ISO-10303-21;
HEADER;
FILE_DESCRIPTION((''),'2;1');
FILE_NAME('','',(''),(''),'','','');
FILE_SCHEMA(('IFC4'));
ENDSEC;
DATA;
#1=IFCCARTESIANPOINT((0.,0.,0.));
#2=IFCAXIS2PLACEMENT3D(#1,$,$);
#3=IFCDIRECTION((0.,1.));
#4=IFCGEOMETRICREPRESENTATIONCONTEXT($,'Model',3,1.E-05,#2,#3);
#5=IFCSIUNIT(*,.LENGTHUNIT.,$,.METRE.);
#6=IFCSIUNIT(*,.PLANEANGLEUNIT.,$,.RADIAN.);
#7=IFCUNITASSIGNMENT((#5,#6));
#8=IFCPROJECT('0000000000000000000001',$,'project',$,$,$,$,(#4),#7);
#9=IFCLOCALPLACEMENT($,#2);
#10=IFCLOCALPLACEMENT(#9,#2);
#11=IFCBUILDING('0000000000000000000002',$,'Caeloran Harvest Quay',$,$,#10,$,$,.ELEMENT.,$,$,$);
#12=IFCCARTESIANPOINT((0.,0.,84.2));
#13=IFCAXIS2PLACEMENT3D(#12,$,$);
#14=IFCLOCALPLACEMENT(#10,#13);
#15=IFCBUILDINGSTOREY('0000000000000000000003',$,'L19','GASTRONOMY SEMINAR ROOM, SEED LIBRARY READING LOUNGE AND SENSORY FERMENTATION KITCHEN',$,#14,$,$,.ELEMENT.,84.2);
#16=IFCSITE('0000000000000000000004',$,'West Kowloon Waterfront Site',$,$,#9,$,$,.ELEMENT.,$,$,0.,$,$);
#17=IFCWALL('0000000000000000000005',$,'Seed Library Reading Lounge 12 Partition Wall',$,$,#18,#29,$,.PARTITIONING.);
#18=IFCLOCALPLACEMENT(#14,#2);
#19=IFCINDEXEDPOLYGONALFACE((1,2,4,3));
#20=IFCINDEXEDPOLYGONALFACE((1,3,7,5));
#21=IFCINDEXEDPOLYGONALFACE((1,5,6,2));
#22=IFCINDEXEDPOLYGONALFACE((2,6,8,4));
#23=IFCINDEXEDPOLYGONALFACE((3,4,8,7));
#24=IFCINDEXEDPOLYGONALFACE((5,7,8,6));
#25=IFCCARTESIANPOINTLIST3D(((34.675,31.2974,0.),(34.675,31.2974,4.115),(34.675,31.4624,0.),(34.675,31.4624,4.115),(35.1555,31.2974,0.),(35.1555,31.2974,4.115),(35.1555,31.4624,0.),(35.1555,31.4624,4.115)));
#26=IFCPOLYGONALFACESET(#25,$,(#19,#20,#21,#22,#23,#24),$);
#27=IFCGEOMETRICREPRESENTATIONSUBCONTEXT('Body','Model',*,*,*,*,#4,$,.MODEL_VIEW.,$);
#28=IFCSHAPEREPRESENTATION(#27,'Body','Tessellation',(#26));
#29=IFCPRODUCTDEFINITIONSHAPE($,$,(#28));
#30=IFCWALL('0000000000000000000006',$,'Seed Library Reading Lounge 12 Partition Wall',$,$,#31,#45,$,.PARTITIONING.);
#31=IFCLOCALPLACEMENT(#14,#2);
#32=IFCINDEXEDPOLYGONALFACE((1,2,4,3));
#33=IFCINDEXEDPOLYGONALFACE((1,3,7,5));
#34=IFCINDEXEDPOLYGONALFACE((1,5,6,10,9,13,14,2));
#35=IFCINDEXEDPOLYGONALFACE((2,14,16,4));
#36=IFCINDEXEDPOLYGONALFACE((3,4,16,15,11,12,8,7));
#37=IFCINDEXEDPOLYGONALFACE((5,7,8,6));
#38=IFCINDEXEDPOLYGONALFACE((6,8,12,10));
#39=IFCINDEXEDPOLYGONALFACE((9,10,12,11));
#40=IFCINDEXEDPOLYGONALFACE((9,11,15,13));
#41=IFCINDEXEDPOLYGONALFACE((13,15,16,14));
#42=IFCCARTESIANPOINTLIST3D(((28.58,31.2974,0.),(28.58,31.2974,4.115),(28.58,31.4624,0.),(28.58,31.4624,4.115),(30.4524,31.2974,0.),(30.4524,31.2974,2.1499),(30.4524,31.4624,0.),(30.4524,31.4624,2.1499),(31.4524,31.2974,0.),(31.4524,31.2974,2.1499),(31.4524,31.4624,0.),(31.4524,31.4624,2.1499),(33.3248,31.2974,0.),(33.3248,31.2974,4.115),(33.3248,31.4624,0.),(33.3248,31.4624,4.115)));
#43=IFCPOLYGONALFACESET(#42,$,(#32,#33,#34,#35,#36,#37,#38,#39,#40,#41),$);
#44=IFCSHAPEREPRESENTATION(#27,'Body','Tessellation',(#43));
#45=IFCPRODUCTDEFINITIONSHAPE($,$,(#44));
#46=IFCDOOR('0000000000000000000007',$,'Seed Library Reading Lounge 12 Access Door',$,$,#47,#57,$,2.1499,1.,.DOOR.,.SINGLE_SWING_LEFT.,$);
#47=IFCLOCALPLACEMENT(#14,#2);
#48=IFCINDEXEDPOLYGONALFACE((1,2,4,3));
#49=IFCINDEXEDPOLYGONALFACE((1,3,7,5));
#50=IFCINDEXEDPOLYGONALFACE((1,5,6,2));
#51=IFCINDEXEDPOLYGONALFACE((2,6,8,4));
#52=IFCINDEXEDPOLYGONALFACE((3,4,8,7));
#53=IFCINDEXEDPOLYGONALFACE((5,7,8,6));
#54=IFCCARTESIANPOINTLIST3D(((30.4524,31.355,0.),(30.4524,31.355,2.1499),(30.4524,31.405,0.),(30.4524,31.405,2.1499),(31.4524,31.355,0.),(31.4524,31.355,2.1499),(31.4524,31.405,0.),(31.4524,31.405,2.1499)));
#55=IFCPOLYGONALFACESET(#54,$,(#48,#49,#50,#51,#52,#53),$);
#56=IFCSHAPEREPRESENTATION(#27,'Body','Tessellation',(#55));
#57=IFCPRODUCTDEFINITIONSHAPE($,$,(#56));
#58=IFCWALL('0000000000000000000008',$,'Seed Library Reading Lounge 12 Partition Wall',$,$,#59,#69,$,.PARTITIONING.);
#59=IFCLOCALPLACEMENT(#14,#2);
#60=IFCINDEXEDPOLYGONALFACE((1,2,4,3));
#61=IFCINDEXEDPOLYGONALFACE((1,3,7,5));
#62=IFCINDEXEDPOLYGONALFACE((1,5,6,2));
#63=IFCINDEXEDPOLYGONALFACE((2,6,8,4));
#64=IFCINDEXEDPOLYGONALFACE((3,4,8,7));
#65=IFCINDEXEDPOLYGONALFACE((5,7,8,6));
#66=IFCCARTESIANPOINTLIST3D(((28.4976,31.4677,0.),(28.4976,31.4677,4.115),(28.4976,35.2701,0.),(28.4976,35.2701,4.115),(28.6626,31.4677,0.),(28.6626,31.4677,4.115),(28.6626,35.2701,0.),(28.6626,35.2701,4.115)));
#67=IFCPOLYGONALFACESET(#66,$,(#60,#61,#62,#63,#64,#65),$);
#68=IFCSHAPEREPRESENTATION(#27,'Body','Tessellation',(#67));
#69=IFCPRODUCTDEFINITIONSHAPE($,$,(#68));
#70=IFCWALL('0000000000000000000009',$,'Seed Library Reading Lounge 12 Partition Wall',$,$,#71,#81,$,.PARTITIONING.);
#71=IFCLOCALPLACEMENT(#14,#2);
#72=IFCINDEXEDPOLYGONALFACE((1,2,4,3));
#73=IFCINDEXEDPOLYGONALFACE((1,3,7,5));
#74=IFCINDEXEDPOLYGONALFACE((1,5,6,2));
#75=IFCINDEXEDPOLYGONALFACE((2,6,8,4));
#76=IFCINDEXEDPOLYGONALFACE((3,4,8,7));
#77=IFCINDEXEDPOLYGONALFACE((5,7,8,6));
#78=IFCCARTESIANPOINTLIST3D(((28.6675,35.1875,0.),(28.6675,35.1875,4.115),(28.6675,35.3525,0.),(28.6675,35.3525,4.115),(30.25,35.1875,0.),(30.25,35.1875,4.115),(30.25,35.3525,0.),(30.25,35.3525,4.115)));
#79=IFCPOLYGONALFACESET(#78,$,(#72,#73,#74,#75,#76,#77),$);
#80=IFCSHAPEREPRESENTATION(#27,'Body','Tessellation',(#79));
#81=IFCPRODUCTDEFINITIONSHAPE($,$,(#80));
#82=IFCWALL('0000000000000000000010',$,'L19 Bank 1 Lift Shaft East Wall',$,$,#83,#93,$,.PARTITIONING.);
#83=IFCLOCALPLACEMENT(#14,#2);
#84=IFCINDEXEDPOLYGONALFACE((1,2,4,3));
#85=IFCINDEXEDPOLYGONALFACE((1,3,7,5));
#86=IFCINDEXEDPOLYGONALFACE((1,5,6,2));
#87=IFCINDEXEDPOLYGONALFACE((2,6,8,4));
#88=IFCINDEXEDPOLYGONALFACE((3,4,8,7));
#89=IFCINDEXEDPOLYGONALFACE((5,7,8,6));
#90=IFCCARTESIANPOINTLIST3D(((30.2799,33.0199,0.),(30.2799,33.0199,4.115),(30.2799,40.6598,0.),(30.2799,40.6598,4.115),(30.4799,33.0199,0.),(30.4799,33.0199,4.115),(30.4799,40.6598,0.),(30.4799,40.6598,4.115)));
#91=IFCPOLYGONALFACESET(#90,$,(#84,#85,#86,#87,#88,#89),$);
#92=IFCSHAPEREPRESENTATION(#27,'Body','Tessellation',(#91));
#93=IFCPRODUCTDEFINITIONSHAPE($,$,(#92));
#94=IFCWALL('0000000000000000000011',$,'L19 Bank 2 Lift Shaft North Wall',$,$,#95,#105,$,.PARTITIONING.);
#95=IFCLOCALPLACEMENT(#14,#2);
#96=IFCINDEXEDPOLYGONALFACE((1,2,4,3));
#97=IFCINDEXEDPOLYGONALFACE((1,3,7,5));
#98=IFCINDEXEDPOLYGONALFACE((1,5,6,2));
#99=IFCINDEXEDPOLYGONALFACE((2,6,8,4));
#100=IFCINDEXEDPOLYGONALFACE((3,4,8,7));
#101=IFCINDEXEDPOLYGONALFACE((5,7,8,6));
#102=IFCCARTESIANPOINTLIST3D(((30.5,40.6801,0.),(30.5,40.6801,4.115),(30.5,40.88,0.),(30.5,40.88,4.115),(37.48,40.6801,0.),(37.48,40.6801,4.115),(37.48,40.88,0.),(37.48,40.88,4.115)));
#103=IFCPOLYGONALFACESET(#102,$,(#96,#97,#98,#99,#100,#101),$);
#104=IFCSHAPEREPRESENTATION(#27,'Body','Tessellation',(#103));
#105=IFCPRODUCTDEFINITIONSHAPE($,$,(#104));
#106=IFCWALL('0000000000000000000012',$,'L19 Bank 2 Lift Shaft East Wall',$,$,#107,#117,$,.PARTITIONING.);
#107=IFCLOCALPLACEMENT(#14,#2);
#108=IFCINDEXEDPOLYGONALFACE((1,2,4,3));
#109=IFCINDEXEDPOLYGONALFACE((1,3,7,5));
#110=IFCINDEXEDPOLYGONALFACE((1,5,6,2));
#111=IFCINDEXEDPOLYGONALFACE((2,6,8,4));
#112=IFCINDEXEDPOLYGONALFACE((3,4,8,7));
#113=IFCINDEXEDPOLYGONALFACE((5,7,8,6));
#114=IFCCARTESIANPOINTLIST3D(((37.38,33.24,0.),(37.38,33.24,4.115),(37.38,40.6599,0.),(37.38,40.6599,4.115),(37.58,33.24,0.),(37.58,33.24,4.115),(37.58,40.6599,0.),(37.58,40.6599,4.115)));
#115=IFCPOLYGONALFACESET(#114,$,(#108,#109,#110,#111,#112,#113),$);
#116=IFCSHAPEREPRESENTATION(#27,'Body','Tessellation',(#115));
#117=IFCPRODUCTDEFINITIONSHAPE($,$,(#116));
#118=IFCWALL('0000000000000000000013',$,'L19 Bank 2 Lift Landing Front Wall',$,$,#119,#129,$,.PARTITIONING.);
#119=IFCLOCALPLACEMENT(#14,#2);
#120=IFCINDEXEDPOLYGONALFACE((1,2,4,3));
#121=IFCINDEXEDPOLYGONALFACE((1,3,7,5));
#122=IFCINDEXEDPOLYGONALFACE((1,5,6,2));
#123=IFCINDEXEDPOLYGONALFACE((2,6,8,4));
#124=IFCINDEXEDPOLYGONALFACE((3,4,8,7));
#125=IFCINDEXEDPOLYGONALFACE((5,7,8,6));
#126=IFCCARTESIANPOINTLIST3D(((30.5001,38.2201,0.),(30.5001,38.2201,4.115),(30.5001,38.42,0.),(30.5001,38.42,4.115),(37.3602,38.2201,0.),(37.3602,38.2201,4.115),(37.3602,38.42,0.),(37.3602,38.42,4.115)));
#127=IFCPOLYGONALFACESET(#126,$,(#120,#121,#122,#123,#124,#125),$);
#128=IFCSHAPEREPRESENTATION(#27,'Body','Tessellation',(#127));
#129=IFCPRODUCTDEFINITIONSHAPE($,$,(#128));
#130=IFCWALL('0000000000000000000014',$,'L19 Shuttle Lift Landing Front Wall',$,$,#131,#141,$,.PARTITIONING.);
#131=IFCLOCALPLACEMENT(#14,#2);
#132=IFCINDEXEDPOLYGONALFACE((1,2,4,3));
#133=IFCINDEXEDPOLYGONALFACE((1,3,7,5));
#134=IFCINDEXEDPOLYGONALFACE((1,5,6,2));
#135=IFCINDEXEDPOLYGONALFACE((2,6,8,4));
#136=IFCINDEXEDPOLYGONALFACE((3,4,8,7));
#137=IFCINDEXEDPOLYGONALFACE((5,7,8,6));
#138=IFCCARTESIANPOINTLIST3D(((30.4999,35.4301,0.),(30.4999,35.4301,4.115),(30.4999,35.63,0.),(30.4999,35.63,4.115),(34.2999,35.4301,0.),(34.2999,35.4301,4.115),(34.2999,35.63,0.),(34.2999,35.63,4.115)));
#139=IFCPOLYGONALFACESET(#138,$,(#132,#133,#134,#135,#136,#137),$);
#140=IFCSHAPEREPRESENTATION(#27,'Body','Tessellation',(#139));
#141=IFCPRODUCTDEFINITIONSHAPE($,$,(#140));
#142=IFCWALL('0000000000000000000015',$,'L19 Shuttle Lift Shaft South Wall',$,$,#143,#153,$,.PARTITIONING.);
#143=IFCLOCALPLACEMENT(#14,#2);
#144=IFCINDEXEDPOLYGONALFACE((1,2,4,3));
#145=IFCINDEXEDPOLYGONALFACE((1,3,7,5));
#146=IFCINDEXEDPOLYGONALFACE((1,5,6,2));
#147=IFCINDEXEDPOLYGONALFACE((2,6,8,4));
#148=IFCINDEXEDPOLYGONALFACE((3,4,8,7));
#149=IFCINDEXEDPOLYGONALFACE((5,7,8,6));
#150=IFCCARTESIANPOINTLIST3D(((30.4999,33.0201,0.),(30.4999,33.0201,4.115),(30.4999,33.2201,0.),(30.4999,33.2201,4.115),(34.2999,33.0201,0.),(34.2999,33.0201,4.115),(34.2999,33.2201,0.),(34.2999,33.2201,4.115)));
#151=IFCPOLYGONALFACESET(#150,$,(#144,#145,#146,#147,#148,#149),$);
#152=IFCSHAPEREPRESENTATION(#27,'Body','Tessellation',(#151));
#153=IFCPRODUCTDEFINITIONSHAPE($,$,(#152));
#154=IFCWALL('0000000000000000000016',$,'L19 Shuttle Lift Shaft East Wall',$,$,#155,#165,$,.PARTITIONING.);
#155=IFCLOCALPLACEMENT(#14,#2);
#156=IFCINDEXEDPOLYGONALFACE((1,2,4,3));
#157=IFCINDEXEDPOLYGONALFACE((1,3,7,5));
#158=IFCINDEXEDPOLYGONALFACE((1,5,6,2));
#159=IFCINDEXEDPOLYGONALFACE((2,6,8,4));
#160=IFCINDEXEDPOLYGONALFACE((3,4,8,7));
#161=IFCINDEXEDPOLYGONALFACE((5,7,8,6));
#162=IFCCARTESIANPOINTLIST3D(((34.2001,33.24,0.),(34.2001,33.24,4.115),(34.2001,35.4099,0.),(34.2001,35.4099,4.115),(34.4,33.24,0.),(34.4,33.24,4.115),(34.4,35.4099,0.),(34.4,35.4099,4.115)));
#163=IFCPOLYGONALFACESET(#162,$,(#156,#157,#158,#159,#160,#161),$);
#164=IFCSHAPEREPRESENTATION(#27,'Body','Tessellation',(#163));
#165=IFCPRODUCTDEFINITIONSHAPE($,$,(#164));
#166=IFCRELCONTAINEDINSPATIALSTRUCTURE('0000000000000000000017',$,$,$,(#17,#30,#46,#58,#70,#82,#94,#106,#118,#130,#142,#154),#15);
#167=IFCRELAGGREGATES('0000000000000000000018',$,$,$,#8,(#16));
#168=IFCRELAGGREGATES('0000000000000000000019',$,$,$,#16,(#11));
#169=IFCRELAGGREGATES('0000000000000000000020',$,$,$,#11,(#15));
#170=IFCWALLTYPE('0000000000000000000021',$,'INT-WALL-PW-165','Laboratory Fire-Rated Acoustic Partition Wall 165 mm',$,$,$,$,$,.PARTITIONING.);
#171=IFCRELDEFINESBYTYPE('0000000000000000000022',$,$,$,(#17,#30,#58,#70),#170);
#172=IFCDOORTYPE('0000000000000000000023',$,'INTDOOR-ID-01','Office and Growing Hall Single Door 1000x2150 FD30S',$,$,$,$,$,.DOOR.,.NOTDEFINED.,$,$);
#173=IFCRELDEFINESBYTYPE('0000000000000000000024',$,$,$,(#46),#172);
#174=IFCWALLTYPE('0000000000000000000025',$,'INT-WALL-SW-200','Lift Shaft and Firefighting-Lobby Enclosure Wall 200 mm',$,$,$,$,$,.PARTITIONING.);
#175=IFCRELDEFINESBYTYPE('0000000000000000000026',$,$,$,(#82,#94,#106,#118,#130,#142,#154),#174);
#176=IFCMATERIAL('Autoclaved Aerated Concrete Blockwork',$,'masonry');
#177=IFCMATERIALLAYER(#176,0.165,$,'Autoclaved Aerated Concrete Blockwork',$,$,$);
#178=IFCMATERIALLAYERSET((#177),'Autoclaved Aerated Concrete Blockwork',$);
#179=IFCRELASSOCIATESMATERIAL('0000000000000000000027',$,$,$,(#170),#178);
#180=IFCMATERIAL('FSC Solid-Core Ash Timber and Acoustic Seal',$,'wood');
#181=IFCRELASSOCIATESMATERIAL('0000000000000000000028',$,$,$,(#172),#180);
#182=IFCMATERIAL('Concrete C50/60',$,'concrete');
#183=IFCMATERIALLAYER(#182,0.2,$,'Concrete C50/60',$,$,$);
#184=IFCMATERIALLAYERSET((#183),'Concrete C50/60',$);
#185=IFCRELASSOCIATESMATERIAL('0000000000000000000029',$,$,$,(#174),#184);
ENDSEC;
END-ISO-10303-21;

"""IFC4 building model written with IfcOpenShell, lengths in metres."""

from ifc_helpers import new_model, si_unit, direction, frame, frame_2d, origin, place, context, subcontext, project, spatial, rectangle, extrude, material, layer, layer_set, type_object, element, fill, save


model = new_model("IFC4")

# Units and contexts
model_context = context("Model", 3, precision=1e-05, world=origin(), true_north=direction((0.0, 1.0)))
body_context = subcontext(model_context, "Body", "Model", "MODEL_VIEW")
ifc_project = project(units=[si_unit("LENGTHUNIT", "METRE"), si_unit("PLANEANGLEUNIT", "RADIAN")], contexts=[model_context])

# Site, building, storey
site_placement = place(None, origin())
site = spatial("IfcSite", under=ifc_project, at=site_placement, Name="West Kowloon Waterfront Site", CompositionType="ELEMENT", RefElevation=0.0)
building_placement = place(site_placement, origin())
building = spatial("IfcBuilding", under=site, at=building_placement, Name="Caeloran Harvest Quay", CompositionType="ELEMENT")
storey_placement = place(building_placement, frame((0.0, 0.0, 84.2)))
storey = spatial("IfcBuildingStorey", under=building, at=storey_placement, Name="L19", Description="GASTRONOMY SEMINAR ROOM, SEED LIBRARY READING LOUNGE AND SENSORY FERMENTATION KITCHEN", CompositionType="ELEMENT", Elevation=84.2)

# Shared definitions
ifc_material_1 = material(Name="Autoclaved Aerated Concrete Blockwork", Category="masonry")
ifc_layer_1 = layer(ifc_material_1, 0.165, Name="Autoclaved Aerated Concrete Blockwork")
ifc_layer_set_1 = layer_set([ifc_layer_1], Name="Autoclaved Aerated Concrete Blockwork")
wall_type_1 = type_object("IfcWallType", Name="INT-WALL-PW-165", Description="Laboratory Fire-Rated Acoustic Partition Wall 165 mm", PredefinedType="PARTITIONING", material=ifc_layer_set_1)
ifc_material_2 = material(Name="FSC Solid-Core Ash Timber and Acoustic Seal", Category="wood")
door_type_1 = type_object("IfcDoorType", Name="INTDOOR-ID-01", Description="Office and Growing Hall Single Door 1000x2150 FD30S", OperationType="NOTDEFINED", PredefinedType="DOOR", material=ifc_material_2)

# Wall
wall_1_placement = place(storey_placement, frame((35.1555, 31.3799, 0.0), z_axis=(0.0, 0.0, 1.0), x_axis=(-1.0, 0.0, 0.0)))
element("IfcWall", 1, at=wall_1_placement, inside=storey, type_object=wall_type_1, Name="Seed Library Reading Lounge 12 Partition Wall", PredefinedType="PARTITIONING", context=body_context, shape_type="SweptSolid", body=[
    extrude(rectangle(XDim=0.4805, YDim=0.165, at=frame_2d((0.2402, 0.0))), origin(), (0.0, 0.0, 1.0), 4.115),
])

# Wall, opening, door
wall_2_placement = place(storey_placement, frame((33.325, 31.3799, 0.0), z_axis=(0.0, 0.0, 1.0), x_axis=(-1.0, 0.0, 0.0)))
wall_2 = element("IfcWall", 2, at=wall_2_placement, inside=storey, type_object=wall_type_1, Name="Seed Library Reading Lounge 12 Partition Wall", PredefinedType="PARTITIONING", context=body_context, shape_type="SweptSolid", body=[
    extrude(rectangle(XDim=4.7449, YDim=0.165, at=frame_2d((2.3726, 0.0))), origin(), (0.0, 0.0, 1.0), 4.115),
])
opening_1_placement = place(wall_2_placement, frame((1.8726, 0.0, 0.0)))
opening_1 = element("IfcOpeningElement", 3, at=opening_1_placement, cuts=wall_2, PredefinedType="OPENING", context=body_context, shape_type="SweptSolid", body=[
    extrude(rectangle(XDim=1.0, YDim=2.1499, at=frame_2d((0.5, 1.075))), frame((0.0, 0.0925, 0.0), z_axis=(0.0, -1.0, 0.0), x_axis=(1.0, 0.0, 0.0)), (0.0, 0.0, 1.0), 0.1851),
])
door_1_placement = place(opening_1_placement, origin())
door_1 = element("IfcDoor", 4, at=door_1_placement, inside=storey, type_object=door_type_1, Name="Seed Library Reading Lounge 12 Access Door", OperationType="SINGLE_SWING_LEFT", OverallHeight=2.1499, OverallWidth=1.0, PredefinedType="DOOR", context=body_context, shape_type="SweptSolid", body=[
    extrude(rectangle(XDim=1.0, YDim=2.1499, at=frame_2d((0.5, 1.075))), frame((0.0, 0.0249, 0.0), z_axis=(0.0, -1.0, 0.0), x_axis=(1.0, 0.0, 0.0)), (0.0, 0.0, 1.0), 0.05),
])
fill(opening_1, door_1)

# Walls
wall_3_placement = place(storey_placement, frame((28.5801, 31.4675, 0.0), z_axis=(0.0, 0.0, 1.0), x_axis=(0.0, 1.0, 0.0)))
element("IfcWall", 5, at=wall_3_placement, inside=storey, type_object=wall_type_1, Name="Seed Library Reading Lounge 12 Partition Wall", PredefinedType="PARTITIONING", context=body_context, shape_type="SweptSolid", body=[
    extrude(rectangle(XDim=3.8025, YDim=0.165, at=frame_2d((1.9014, 0.0))), origin(), (0.0, 0.0, 1.0), 4.115),
])
wall_4_placement = place(storey_placement, frame((28.6675, 35.27, 0.0), z_axis=(0.0, 0.0, 1.0), x_axis=(1.0, 0.0, 0.0)))
element("IfcWall", 6, at=wall_4_placement, inside=storey, type_object=wall_type_1, Name="Seed Library Reading Lounge 12 Partition Wall", PredefinedType="PARTITIONING", context=body_context, shape_type="SweptSolid", body=[
    extrude(rectangle(XDim=1.5825, YDim=0.165, at=frame_2d((0.7913, 0.0))), origin(), (0.0, 0.0, 1.0), 4.115),
])
ifc_material_3 = material(Name="Concrete C50/60", Category="concrete")
ifc_layer_2 = layer(ifc_material_3, 0.2, Name="Concrete C50/60")
ifc_layer_set_2 = layer_set([ifc_layer_2], Name="Concrete C50/60")
wall_type_2 = type_object("IfcWallType", Name="INT-WALL-SW-200", Description="Lift Shaft and Firefighting-Lobby Enclosure Wall 200 mm", PredefinedType="PARTITIONING", material=ifc_layer_set_2)
wall_5_placement = place(storey_placement, frame((30.3799, 33.02, 0.0), z_axis=(0.0, 0.0, 1.0), x_axis=(0.0, 1.0, 0.0)))
element("IfcWall", 7, at=wall_5_placement, inside=storey, type_object=wall_type_2, Name="L19 Bank 1 Lift Shaft East Wall", PredefinedType="PARTITIONING", context=body_context, shape_type="SweptSolid", body=[
    extrude(rectangle(XDim=7.6399, YDim=0.2, at=frame_2d((3.8198, 0.0))), origin(), (0.0, 0.0, 1.0), 4.115),
])
wall_6_placement = place(storey_placement, frame((30.5, 40.78, 0.0), z_axis=(0.0, 0.0, 1.0), x_axis=(1.0, 0.0, 0.0)))
element("IfcWall", 8, at=wall_6_placement, inside=storey, type_object=wall_type_2, Name="L19 Bank 2 Lift Shaft North Wall", PredefinedType="PARTITIONING", context=body_context, shape_type="SweptSolid", body=[
    extrude(rectangle(XDim=6.98, YDim=0.2, at=frame_2d((3.49, 0.0))), origin(), (0.0, 0.0, 1.0), 4.115),
])
wall_7_placement = place(storey_placement, frame((37.48, 33.24, 0.0), z_axis=(0.0, 0.0, 1.0), x_axis=(0.0, 1.0, 0.0)))
element("IfcWall", 9, at=wall_7_placement, inside=storey, type_object=wall_type_2, Name="L19 Bank 2 Lift Shaft East Wall", PredefinedType="PARTITIONING", context=body_context, shape_type="SweptSolid", body=[
    extrude(rectangle(XDim=7.4199, YDim=0.2, at=frame_2d((3.71, 0.0))), origin(), (0.0, 0.0, 1.0), 4.115),
])
wall_8_placement = place(storey_placement, frame((30.5, 38.3201, 0.0), z_axis=(0.0, 0.0, 1.0), x_axis=(1.0, 0.0, 0.0)))
element("IfcWall", 10, at=wall_8_placement, inside=storey, type_object=wall_type_2, Name="L19 Bank 2 Lift Landing Front Wall", PredefinedType="PARTITIONING", context=body_context, shape_type="SweptSolid", body=[
    extrude(rectangle(XDim=6.8601, YDim=0.2, at=frame_2d((3.4302, 0.0))), origin(), (0.0, 0.0, 1.0), 4.115),
])
for number, where, z_axis, x_axis, name in (
    (11, (30.5, 35.53, 0.0), (0.0, 0.0, 1.0), (1.0, 0.0, 0.0), "L19 Shuttle Lift Landing Front Wall"),
    (12, (30.5, 33.1201, 0.0), (0.0, 0.0, 1.0), (1.0, 0.0, 0.0), "L19 Shuttle Lift Shaft South Wall"),
):
    element("IfcWall", number, at=place(storey_placement, frame(where, z_axis=z_axis, x_axis=x_axis)), inside=storey, type_object=wall_type_2, Name=name, PredefinedType="PARTITIONING", context=body_context, shape_type="SweptSolid", body=[
        extrude(rectangle(XDim=3.8, YDim=0.2, at=frame_2d((1.8999, 0.0))), origin(), (0.0, 0.0, 1.0), 4.115),
    ])
wall_9_placement = place(storey_placement, frame((34.3, 33.24, 0.0), z_axis=(0.0, 0.0, 1.0), x_axis=(0.0, 1.0, 0.0)))
element("IfcWall", 13, at=wall_9_placement, inside=storey, type_object=wall_type_2, Name="L19 Shuttle Lift Shaft East Wall", PredefinedType="PARTITIONING", context=body_context, shape_type="SweptSolid", body=[
    extrude(rectangle(XDim=2.1699, YDim=0.2, at=frame_2d((1.085, 0.0))), origin(), (0.0, 0.0, 1.0), 4.115),
])

save(model, "model.ifc")
